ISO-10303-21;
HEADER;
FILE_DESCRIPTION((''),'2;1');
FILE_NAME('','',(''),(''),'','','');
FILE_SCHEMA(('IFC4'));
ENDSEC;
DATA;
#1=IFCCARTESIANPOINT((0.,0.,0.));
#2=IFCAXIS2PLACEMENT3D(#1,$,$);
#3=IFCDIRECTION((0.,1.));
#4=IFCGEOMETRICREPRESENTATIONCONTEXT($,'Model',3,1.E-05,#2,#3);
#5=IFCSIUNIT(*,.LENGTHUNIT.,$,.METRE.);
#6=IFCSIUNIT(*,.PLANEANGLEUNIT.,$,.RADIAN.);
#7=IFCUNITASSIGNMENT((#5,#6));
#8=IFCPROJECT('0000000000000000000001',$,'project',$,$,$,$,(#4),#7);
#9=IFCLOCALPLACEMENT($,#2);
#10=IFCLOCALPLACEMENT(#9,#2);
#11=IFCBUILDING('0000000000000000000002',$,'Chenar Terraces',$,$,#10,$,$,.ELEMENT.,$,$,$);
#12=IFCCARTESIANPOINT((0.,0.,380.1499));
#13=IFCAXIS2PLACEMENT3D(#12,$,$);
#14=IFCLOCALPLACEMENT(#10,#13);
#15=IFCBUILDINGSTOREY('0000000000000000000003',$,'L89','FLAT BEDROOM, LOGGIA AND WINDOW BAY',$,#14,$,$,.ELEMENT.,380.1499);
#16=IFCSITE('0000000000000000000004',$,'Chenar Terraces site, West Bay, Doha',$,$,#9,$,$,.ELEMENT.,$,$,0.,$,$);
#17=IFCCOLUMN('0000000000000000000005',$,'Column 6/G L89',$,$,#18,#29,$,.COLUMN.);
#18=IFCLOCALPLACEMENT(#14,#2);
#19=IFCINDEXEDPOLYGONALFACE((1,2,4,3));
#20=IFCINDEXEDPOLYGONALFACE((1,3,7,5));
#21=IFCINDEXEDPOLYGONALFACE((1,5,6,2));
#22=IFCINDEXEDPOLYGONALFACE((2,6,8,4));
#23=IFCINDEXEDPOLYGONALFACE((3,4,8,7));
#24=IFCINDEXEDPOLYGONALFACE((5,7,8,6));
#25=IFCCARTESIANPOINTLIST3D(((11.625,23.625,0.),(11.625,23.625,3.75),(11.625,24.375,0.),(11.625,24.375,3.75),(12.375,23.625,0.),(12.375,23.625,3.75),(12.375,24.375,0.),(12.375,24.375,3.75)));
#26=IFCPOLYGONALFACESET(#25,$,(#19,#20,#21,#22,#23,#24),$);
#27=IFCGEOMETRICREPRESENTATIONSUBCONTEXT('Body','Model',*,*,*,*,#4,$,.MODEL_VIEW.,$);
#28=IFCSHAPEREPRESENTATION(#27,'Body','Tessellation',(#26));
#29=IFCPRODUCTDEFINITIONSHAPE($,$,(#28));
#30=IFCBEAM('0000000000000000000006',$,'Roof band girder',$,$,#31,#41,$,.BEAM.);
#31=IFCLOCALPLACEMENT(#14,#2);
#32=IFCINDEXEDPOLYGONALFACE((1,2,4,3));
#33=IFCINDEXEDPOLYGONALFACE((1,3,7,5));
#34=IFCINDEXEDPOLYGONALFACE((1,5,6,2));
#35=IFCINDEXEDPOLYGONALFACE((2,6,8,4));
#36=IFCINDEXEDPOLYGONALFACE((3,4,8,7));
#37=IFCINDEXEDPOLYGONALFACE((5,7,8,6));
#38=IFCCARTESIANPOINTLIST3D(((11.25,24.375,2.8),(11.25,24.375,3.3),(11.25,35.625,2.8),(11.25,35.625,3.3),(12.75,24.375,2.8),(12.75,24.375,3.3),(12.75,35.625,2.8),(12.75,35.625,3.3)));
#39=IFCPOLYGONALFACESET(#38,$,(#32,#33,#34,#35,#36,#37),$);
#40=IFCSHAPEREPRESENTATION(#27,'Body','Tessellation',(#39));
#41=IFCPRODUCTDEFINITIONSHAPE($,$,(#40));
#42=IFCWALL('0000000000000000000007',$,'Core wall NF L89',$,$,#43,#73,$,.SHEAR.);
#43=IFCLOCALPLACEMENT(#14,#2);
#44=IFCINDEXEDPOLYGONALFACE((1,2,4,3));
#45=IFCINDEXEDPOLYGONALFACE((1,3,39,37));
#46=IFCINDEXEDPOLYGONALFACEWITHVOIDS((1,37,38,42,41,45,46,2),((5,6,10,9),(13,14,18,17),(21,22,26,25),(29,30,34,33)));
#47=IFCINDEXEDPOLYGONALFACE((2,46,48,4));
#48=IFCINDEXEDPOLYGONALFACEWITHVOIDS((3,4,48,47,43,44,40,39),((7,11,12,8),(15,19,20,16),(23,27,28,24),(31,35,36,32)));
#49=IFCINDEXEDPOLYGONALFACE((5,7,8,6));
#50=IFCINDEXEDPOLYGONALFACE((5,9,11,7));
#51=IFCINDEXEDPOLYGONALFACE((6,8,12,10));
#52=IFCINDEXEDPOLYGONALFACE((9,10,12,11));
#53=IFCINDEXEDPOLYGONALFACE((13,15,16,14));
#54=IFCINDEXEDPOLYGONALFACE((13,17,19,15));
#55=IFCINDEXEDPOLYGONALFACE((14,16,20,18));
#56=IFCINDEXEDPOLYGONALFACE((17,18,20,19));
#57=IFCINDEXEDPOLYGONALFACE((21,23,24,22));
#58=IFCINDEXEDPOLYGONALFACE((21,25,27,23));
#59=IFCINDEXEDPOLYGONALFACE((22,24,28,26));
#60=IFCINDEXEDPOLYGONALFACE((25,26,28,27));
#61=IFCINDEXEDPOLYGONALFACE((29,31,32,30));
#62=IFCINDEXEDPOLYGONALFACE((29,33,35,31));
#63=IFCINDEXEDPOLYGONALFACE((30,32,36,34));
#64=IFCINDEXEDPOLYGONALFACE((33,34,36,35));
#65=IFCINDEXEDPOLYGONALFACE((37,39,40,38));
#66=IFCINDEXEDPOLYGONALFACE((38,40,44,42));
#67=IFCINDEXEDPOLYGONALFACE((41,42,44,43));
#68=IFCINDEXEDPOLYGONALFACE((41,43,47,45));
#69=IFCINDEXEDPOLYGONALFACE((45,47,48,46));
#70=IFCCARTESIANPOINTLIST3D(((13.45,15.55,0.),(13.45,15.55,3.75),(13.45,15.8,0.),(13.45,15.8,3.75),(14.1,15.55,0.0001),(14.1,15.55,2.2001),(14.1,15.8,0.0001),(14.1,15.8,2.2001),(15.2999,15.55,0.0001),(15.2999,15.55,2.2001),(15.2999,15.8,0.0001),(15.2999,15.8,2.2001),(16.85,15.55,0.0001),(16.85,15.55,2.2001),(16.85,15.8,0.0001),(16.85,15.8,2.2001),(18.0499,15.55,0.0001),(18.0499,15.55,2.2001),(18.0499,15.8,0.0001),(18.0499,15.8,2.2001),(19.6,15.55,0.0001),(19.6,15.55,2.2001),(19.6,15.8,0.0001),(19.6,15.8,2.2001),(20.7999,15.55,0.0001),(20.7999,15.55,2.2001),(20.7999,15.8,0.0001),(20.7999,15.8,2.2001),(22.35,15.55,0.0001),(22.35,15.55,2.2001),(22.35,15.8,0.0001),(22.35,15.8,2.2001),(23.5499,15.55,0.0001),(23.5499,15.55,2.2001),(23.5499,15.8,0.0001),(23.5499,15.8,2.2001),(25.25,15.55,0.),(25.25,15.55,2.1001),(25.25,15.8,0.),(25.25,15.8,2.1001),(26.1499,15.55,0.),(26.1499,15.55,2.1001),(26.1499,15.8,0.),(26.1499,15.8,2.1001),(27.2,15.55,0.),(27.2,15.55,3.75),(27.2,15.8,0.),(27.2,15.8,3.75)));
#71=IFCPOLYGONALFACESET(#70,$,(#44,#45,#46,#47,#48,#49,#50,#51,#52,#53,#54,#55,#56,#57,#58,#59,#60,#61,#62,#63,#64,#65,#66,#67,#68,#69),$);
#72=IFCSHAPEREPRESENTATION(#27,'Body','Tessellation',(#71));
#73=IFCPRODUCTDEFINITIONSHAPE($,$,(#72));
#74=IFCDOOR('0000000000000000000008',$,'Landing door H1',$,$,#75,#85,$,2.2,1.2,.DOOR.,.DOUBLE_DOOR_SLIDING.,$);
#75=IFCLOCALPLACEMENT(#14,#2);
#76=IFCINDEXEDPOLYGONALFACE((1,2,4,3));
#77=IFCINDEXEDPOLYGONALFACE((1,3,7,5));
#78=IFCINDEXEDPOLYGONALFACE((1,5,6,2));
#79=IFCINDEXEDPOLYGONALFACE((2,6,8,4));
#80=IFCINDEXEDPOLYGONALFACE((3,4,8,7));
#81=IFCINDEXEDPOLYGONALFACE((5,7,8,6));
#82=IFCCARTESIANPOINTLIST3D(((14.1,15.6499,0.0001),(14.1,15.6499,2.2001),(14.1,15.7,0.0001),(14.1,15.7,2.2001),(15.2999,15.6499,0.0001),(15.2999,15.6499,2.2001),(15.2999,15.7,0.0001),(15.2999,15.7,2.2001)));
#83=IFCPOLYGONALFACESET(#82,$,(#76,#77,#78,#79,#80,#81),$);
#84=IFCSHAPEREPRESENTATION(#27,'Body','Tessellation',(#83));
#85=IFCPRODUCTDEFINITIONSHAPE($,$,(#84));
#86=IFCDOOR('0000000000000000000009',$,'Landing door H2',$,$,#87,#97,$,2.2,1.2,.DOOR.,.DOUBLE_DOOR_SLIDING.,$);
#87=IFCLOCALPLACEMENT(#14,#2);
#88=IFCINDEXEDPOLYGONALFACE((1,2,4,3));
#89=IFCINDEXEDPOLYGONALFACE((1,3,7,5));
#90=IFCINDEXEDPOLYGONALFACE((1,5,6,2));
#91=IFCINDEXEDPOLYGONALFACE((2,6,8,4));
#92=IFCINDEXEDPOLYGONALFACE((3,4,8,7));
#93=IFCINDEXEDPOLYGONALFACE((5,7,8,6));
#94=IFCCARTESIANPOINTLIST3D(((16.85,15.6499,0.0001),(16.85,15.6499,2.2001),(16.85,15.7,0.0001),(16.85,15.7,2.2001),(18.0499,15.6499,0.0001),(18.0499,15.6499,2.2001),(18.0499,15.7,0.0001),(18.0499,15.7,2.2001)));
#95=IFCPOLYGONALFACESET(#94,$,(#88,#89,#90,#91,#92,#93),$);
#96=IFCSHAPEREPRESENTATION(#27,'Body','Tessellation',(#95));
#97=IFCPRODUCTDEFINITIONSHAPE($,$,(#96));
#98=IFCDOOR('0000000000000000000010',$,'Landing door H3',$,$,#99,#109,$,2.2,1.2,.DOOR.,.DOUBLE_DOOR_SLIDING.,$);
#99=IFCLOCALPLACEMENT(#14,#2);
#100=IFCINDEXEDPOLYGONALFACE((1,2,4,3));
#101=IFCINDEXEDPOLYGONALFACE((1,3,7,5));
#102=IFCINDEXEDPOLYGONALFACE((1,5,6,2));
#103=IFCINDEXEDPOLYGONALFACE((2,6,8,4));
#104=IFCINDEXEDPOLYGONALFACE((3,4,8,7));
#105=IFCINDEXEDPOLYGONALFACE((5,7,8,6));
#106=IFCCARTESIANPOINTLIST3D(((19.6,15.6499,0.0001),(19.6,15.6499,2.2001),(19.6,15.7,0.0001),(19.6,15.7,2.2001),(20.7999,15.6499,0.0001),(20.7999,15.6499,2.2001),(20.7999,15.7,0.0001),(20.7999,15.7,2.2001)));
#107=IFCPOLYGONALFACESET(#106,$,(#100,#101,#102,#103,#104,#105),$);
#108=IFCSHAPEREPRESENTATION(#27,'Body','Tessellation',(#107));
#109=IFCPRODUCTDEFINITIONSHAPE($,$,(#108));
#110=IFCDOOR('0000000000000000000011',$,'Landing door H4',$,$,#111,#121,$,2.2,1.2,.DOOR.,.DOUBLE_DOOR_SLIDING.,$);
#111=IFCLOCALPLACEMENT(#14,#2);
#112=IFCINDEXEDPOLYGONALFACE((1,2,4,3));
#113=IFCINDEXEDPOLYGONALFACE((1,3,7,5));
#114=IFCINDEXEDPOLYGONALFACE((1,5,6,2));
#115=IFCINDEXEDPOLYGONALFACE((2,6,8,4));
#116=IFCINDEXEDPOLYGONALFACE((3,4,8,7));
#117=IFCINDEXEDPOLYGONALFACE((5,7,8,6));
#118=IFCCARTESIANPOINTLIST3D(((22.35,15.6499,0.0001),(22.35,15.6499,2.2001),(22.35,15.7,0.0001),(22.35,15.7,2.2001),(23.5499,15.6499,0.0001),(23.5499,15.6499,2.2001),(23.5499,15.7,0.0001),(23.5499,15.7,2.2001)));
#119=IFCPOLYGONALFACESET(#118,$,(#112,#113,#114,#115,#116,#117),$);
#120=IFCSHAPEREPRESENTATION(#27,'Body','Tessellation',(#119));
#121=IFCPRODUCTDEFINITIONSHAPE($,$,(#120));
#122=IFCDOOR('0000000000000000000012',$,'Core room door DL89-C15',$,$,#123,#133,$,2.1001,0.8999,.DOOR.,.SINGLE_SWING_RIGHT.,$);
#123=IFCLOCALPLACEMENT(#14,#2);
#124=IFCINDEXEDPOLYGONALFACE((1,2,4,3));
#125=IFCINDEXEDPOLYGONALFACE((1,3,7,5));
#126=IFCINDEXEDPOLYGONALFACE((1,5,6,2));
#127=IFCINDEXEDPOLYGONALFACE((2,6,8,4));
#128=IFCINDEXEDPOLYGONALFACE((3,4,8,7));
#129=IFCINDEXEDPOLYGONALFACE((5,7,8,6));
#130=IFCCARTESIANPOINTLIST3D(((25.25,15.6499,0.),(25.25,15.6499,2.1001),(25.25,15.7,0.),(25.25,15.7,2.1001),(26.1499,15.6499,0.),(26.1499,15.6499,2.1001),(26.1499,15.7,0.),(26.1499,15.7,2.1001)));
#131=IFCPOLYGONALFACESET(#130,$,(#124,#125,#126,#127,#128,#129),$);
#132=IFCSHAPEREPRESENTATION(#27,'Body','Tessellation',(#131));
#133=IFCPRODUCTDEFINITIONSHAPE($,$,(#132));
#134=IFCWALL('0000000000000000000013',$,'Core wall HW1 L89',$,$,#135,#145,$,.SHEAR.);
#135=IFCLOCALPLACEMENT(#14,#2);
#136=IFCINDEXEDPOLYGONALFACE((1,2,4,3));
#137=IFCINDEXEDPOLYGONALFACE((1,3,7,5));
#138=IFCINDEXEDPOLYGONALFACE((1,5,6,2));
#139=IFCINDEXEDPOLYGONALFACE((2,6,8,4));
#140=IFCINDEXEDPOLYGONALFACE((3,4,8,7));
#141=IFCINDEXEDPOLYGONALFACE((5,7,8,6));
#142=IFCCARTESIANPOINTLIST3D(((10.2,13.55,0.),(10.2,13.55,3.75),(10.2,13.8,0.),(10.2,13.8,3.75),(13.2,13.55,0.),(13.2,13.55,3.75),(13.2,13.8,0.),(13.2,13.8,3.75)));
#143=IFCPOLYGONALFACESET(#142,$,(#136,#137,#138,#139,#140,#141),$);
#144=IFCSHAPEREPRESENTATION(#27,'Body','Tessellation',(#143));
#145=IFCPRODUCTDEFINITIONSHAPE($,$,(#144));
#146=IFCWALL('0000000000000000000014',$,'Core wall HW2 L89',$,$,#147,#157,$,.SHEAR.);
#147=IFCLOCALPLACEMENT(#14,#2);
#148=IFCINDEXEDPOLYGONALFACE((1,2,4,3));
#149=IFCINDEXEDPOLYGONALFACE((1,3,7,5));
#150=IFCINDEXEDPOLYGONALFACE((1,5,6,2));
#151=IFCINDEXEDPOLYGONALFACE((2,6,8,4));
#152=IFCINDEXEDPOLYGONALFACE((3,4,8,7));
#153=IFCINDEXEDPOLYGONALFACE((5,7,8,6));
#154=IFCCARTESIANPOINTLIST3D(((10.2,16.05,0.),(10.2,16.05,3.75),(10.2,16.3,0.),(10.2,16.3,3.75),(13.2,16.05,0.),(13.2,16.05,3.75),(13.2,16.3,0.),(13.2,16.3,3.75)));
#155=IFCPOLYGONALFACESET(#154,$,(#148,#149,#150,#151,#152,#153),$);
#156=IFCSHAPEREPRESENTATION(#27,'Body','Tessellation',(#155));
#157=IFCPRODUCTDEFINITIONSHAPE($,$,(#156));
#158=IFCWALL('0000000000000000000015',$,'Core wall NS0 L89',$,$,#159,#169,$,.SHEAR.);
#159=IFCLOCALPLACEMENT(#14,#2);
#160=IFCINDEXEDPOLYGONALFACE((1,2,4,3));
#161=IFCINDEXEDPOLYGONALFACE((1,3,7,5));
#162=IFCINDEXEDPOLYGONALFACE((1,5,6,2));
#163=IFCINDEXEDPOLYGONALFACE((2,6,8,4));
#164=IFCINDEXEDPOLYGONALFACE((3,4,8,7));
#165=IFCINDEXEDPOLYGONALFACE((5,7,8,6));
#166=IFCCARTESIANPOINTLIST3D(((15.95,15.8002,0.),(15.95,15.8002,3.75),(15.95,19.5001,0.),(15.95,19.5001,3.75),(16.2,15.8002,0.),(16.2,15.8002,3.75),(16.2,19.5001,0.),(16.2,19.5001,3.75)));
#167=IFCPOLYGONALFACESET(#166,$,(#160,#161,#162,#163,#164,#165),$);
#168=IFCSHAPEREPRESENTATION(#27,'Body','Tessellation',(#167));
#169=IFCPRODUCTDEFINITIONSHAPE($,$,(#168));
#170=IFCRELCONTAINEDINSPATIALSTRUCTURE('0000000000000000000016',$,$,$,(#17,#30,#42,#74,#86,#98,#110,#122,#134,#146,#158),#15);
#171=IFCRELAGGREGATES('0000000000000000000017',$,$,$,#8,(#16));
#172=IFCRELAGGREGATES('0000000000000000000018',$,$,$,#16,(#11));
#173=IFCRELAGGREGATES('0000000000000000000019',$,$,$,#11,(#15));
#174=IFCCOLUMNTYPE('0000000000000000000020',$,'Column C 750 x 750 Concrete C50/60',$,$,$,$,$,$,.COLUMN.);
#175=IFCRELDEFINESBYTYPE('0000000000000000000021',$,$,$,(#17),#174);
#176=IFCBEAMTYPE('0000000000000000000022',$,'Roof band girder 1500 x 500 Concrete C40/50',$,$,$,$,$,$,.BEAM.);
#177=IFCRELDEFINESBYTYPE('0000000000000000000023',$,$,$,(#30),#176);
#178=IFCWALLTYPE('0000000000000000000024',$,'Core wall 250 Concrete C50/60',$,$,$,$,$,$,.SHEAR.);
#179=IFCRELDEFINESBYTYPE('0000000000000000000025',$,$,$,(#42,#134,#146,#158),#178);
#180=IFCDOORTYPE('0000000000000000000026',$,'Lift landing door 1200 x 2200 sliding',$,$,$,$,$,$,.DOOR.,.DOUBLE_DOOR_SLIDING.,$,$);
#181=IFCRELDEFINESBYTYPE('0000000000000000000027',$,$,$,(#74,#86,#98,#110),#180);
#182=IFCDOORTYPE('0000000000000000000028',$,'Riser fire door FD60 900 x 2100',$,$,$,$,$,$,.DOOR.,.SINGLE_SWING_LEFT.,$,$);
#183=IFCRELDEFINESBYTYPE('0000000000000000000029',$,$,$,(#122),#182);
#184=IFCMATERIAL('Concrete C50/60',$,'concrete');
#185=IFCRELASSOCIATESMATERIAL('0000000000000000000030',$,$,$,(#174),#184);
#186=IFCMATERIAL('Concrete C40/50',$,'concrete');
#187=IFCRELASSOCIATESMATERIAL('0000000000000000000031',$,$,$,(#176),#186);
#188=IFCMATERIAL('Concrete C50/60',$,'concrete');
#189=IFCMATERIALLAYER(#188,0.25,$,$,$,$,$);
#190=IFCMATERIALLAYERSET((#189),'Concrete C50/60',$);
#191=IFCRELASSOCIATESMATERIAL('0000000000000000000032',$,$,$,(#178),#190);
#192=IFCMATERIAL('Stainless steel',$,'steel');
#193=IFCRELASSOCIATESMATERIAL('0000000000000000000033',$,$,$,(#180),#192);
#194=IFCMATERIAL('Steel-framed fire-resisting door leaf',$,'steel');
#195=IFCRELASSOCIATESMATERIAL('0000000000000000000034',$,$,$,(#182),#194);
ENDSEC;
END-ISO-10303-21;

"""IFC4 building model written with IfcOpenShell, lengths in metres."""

from ifc_helpers import new_model, si_unit, direction, frame, frame_2d, origin, origin_2d, place, context, subcontext, project, spatial, rectangle, extrude, material, layer, layer_set, material_profile, profile_set, type_object, element, fill, save


model = new_model("IFC4")

# Units and contexts
model_context = context("Model", 3, precision=1e-05, world=origin(), true_north=direction((0.0, 1.0)))
body_context = subcontext(model_context, "Body", "Model", "MODEL_VIEW")
ifc_project = project(units=[si_unit("LENGTHUNIT", "METRE"), si_unit("PLANEANGLEUNIT", "RADIAN")], contexts=[model_context])

# Site, building, storey
site_placement = place(None, origin())
site = spatial("IfcSite", under=ifc_project, at=site_placement, Name="Chenar Terraces site, West Bay, Doha", CompositionType="ELEMENT", RefElevation=0.0)
building_placement = place(site_placement, origin())
building = spatial("IfcBuilding", under=site, at=building_placement, Name="Chenar Terraces", CompositionType="ELEMENT")
storey_placement = place(building_placement, frame((0.0, 0.0, 380.1499)))
storey = spatial("IfcBuildingStorey", under=building, at=storey_placement, Name="L89", Description="FLAT BEDROOM, LOGGIA AND WINDOW BAY", CompositionType="ELEMENT", Elevation=380.1499)

# Column
ifc_material_1 = material(Name="Concrete C50/60", Category="concrete")
ifc_material_profile_1 = material_profile(ifc_material_1, rectangle(XDim=0.75, YDim=0.75, at=origin_2d()), Name="C 750 x 750")
ifc_profile_set_1 = profile_set([ifc_material_profile_1], Name="Concrete C50/60")
column_type = type_object("IfcColumnType", Name="Column C 750 x 750 Concrete C50/60", PredefinedType="COLUMN", material=ifc_profile_set_1)
column_placement = place(storey_placement, frame((12.0, 24.0, 0.0), z_axis=(0.0, 0.0, 1.0), x_axis=(1.0, 0.0, 0.0)))
element("IfcColumn", 1, at=column_placement, inside=storey, type_object=column_type, Name="Column 6/G L89", PredefinedType="COLUMN", context=body_context, shape_type="SweptSolid", body=[
    extrude(rectangle(XDim=0.75, YDim=0.75, at=origin_2d()), origin(), (0.0, 0.0, 1.0), 3.75),
])

# Beam
ifc_material_2 = material(Name="Concrete C40/50", Category="concrete")
ifc_material_profile_2 = material_profile(ifc_material_2, rectangle(XDim=1.5, YDim=0.5, at=origin_2d()), Name="RC 1500 x 500")
ifc_profile_set_2 = profile_set([ifc_material_profile_2], Name="Concrete C40/50")
beam_type = type_object("IfcBeamType", Name="Roof band girder 1500 x 500 Concrete C40/50", PredefinedType="BEAM", material=ifc_profile_set_2)
beam_placement = place(storey_placement, frame((12.0, 24.375, 3.05), z_axis=(0.0, 1.0, 0.0), x_axis=(-1.0, 0.0, 0.0)))
element("IfcBeam", 2, at=beam_placement, inside=storey, type_object=beam_type, Name="Roof band girder", PredefinedType="BEAM", context=body_context, shape_type="SweptSolid", body=[
    extrude(rectangle(XDim=1.5, YDim=0.5, at=origin_2d()), origin(), (0.0, 0.0, 1.0), 11.25),
])

# Wall, openings, doors
ifc_material_3 = material(Name="Concrete C50/60", Category="concrete")
ifc_layer_1 = layer(ifc_material_3, 0.25)
ifc_layer_set_1 = layer_set([ifc_layer_1], Name="Concrete C50/60")
wall_type_1 = type_object("IfcWallType", Name="Core wall 250 Concrete C50/60", PredefinedType="SHEAR", material=ifc_layer_set_1)
wall_1_placement = place(storey_placement, frame((13.45, 15.675, 0.0), z_axis=(0.0, 0.0, 1.0), x_axis=(1.0, 0.0, 0.0)))
wall_1 = element("IfcWall", 3, at=wall_1_placement, inside=storey, type_object=wall_type_1, Name="Core wall NF L89", PredefinedType="SHEAR", context=body_context, shape_type="SweptSolid", body=[
    extrude(rectangle(XDim=13.75, YDim=0.25, at=frame_2d((6.875, 0.0))), origin(), (0.0, 0.0, 1.0), 3.75),
])
opening_1_placement = place(wall_1_placement, frame((0.6499, 0.0, 0.0)))
opening_1 = element("IfcOpeningElement", 4, at=opening_1_placement, cuts=wall_1, PredefinedType="OPENING", context=body_context, shape_type="SweptSolid", body=[
    extrude(rectangle(XDim=1.2, YDim=2.2, at=frame_2d((0.6001, 1.1001))), frame((0.0, 0.135, 0.0), z_axis=(0.0, -1.0, 0.0), x_axis=(1.0, 0.0, 0.0)), (0.0, 0.0, 1.0), 0.27),
])
opening_2_placement = place(wall_1_placement, frame((3.3999, 0.0, 0.0)))
opening_2 = element("IfcOpeningElement", 5, at=opening_2_placement, cuts=wall_1, PredefinedType="OPENING", context=body_context, shape_type="SweptSolid", body=[
    extrude(rectangle(XDim=1.2, YDim=2.2, at=frame_2d((0.6001, 1.1001))), frame((0.0, 0.135, 0.0), z_axis=(0.0, -1.0, 0.0), x_axis=(1.0, 0.0, 0.0)), (0.0, 0.0, 1.0), 0.27),
])
opening_3_placement = place(wall_1_placement, frame((6.1499, 0.0, 0.0)))
opening_3 = element("IfcOpeningElement", 6, at=opening_3_placement, cuts=wall_1, PredefinedType="OPENING", context=body_context, shape_type="SweptSolid", body=[
    extrude(rectangle(XDim=1.2, YDim=2.2, at=frame_2d((0.6001, 1.1001))), frame((0.0, 0.135, 0.0), z_axis=(0.0, -1.0, 0.0), x_axis=(1.0, 0.0, 0.0)), (0.0, 0.0, 1.0), 0.27),
])
opening_4_placement = place(wall_1_placement, frame((8.8999, 0.0, 0.0)))
opening_4 = element("IfcOpeningElement", 7, at=opening_4_placement, cuts=wall_1, PredefinedType="OPENING", context=body_context, shape_type="SweptSolid", body=[
    extrude(rectangle(XDim=1.2, YDim=2.2, at=frame_2d((0.6001, 1.1001))), frame((0.0, 0.135, 0.0), z_axis=(0.0, -1.0, 0.0), x_axis=(1.0, 0.0, 0.0)), (0.0, 0.0, 1.0), 0.27),
])
opening_5_placement = place(wall_1_placement, frame((11.8, 0.0, 0.0)))
opening_5 = element("IfcOpeningElement", 8, at=opening_5_placement, cuts=wall_1, PredefinedType="OPENING", context=body_context, shape_type="SweptSolid", body=[
    extrude(rectangle(XDim=0.8999, YDim=2.1001, at=frame_2d((0.45, 1.05))), frame((0.0, 0.135, 0.0), z_axis=(0.0, -1.0, 0.0), x_axis=(1.0, 0.0, 0.0)), (0.0, 0.0, 1.0), 0.27),
])
ifc_material_4 = material(Name="Stainless steel", Category="steel")
door_type_1 = type_object("IfcDoorType", Name="Lift landing door 1200 x 2200 sliding", OperationType="DOUBLE_DOOR_SLIDING", PredefinedType="DOOR", material=ifc_material_4)
door_1_placement = place(opening_1_placement, origin())
door_1 = element("IfcDoor", 9, at=door_1_placement, inside=storey, type_object=door_type_1, Name="Landing door H1", OperationType="DOUBLE_DOOR_SLIDING", OverallHeight=2.2, OverallWidth=1.2, PredefinedType="DOOR", context=body_context, shape_type="SweptSolid", body=[
    extrude(rectangle(XDim=1.2, YDim=2.2, at=frame_2d((0.6001, 1.1001))), frame((0.0, 0.0249, 0.0), z_axis=(0.0, -1.0, 0.0), x_axis=(1.0, 0.0, 0.0)), (0.0, 0.0, 1.0), 0.05),
])
fill(opening_1, door_1)
door_2_placement = place(opening_2_placement, origin())
door_2 = element("IfcDoor", 10, at=door_2_placement, inside=storey, type_object=door_type_1, Name="Landing door H2", OperationType="DOUBLE_DOOR_SLIDING", OverallHeight=2.2, OverallWidth=1.2, PredefinedType="DOOR", context=body_context, shape_type="SweptSolid", body=[
    extrude(rectangle(XDim=1.2, YDim=2.2, at=frame_2d((0.6001, 1.1001))), frame((0.0, 0.0249, 0.0), z_axis=(0.0, -1.0, 0.0), x_axis=(1.0, 0.0, 0.0)), (0.0, 0.0, 1.0), 0.05),
])
fill(opening_2, door_2)
door_3_placement = place(opening_3_placement, origin())
door_3 = element("IfcDoor", 11, at=door_3_placement, inside=storey, type_object=door_type_1, Name="Landing door H3", OperationType="DOUBLE_DOOR_SLIDING", OverallHeight=2.2, OverallWidth=1.2, PredefinedType="DOOR", context=body_context, shape_type="SweptSolid", body=[
    extrude(rectangle(XDim=1.2, YDim=2.2, at=frame_2d((0.6001, 1.1001))), frame((0.0, 0.0249, 0.0), z_axis=(0.0, -1.0, 0.0), x_axis=(1.0, 0.0, 0.0)), (0.0, 0.0, 1.0), 0.05),
])
fill(opening_3, door_3)
door_4_placement = place(opening_4_placement, origin())
door_4 = element("IfcDoor", 12, at=door_4_placement, inside=storey, type_object=door_type_1, Name="Landing door H4", OperationType="DOUBLE_DOOR_SLIDING", OverallHeight=2.2, OverallWidth=1.2, PredefinedType="DOOR", context=body_context, shape_type="SweptSolid", body=[
    extrude(rectangle(XDim=1.2, YDim=2.2, at=frame_2d((0.6001, 1.1001))), frame((0.0, 0.0249, 0.0), z_axis=(0.0, -1.0, 0.0), x_axis=(1.0, 0.0, 0.0)), (0.0, 0.0, 1.0), 0.05),
])
fill(opening_4, door_4)
ifc_material_5 = material(Name="Steel-framed fire-resisting door leaf", Category="steel")
door_type_2 = type_object("IfcDoorType", Name="Riser fire door FD60 900 x 2100", OperationType="SINGLE_SWING_LEFT", PredefinedType="DOOR", material=ifc_material_5)
door_5_placement = place(opening_5_placement, origin())
door_5 = element("IfcDoor", 13, at=door_5_placement, inside=storey, type_object=door_type_2, Name="Core room door DL89-C15", OperationType="SINGLE_SWING_RIGHT", OverallHeight=2.1001, OverallWidth=0.8999, PredefinedType="DOOR", context=body_context, shape_type="SweptSolid", body=[
    extrude(rectangle(XDim=0.8999, YDim=2.1001, at=frame_2d((0.45, 1.05))), frame((0.0, 0.0249, 0.0), z_axis=(0.0, -1.0, 0.0), x_axis=(1.0, 0.0, 0.0)), (0.0, 0.0, 1.0), 0.05),
])
fill(opening_5, door_5)

# Walls
for number, where, z_axis, x_axis, name in (
    (14, (10.2, 13.675, 0.0), (0.0, 0.0, 1.0), (1.0, 0.0, 0.0), "Core wall HW1 L89"),
    (15, (10.2, 16.175, 0.0), (0.0, 0.0, 1.0), (1.0, 0.0, 0.0), "Core wall HW2 L89"),
):
    element("IfcWall", number, at=place(storey_placement, frame(where, z_axis=z_axis, x_axis=x_axis)), inside=storey, type_object=wall_type_1, Name=name, PredefinedType="SHEAR", context=body_context, shape_type="SweptSolid", body=[
        extrude(rectangle(XDim=3.0, YDim=0.25, at=frame_2d((1.5, 0.0))), origin(), (0.0, 0.0, 1.0), 3.75),
    ])
for number, where, z_axis, x_axis, name in (
    (16, (16.075, 15.8, 0.0), (0.0, 0.0, 1.0), (0.0, 1.0, 0.0), "Core wall NS0 L89"),
):
    element("IfcWall", number, at=place(storey_placement, frame(where, z_axis=z_axis, x_axis=x_axis)), inside=storey, type_object=wall_type_1, Name=name, PredefinedType="SHEAR", context=body_context, shape_type="SweptSolid", body=[
        extrude(rectangle(XDim=3.7, YDim=0.25, at=frame_2d((1.8501, 0.0))), origin(), (0.0, 0.0, 1.0), 3.75),
    ])

save(model, "model.ifc")
